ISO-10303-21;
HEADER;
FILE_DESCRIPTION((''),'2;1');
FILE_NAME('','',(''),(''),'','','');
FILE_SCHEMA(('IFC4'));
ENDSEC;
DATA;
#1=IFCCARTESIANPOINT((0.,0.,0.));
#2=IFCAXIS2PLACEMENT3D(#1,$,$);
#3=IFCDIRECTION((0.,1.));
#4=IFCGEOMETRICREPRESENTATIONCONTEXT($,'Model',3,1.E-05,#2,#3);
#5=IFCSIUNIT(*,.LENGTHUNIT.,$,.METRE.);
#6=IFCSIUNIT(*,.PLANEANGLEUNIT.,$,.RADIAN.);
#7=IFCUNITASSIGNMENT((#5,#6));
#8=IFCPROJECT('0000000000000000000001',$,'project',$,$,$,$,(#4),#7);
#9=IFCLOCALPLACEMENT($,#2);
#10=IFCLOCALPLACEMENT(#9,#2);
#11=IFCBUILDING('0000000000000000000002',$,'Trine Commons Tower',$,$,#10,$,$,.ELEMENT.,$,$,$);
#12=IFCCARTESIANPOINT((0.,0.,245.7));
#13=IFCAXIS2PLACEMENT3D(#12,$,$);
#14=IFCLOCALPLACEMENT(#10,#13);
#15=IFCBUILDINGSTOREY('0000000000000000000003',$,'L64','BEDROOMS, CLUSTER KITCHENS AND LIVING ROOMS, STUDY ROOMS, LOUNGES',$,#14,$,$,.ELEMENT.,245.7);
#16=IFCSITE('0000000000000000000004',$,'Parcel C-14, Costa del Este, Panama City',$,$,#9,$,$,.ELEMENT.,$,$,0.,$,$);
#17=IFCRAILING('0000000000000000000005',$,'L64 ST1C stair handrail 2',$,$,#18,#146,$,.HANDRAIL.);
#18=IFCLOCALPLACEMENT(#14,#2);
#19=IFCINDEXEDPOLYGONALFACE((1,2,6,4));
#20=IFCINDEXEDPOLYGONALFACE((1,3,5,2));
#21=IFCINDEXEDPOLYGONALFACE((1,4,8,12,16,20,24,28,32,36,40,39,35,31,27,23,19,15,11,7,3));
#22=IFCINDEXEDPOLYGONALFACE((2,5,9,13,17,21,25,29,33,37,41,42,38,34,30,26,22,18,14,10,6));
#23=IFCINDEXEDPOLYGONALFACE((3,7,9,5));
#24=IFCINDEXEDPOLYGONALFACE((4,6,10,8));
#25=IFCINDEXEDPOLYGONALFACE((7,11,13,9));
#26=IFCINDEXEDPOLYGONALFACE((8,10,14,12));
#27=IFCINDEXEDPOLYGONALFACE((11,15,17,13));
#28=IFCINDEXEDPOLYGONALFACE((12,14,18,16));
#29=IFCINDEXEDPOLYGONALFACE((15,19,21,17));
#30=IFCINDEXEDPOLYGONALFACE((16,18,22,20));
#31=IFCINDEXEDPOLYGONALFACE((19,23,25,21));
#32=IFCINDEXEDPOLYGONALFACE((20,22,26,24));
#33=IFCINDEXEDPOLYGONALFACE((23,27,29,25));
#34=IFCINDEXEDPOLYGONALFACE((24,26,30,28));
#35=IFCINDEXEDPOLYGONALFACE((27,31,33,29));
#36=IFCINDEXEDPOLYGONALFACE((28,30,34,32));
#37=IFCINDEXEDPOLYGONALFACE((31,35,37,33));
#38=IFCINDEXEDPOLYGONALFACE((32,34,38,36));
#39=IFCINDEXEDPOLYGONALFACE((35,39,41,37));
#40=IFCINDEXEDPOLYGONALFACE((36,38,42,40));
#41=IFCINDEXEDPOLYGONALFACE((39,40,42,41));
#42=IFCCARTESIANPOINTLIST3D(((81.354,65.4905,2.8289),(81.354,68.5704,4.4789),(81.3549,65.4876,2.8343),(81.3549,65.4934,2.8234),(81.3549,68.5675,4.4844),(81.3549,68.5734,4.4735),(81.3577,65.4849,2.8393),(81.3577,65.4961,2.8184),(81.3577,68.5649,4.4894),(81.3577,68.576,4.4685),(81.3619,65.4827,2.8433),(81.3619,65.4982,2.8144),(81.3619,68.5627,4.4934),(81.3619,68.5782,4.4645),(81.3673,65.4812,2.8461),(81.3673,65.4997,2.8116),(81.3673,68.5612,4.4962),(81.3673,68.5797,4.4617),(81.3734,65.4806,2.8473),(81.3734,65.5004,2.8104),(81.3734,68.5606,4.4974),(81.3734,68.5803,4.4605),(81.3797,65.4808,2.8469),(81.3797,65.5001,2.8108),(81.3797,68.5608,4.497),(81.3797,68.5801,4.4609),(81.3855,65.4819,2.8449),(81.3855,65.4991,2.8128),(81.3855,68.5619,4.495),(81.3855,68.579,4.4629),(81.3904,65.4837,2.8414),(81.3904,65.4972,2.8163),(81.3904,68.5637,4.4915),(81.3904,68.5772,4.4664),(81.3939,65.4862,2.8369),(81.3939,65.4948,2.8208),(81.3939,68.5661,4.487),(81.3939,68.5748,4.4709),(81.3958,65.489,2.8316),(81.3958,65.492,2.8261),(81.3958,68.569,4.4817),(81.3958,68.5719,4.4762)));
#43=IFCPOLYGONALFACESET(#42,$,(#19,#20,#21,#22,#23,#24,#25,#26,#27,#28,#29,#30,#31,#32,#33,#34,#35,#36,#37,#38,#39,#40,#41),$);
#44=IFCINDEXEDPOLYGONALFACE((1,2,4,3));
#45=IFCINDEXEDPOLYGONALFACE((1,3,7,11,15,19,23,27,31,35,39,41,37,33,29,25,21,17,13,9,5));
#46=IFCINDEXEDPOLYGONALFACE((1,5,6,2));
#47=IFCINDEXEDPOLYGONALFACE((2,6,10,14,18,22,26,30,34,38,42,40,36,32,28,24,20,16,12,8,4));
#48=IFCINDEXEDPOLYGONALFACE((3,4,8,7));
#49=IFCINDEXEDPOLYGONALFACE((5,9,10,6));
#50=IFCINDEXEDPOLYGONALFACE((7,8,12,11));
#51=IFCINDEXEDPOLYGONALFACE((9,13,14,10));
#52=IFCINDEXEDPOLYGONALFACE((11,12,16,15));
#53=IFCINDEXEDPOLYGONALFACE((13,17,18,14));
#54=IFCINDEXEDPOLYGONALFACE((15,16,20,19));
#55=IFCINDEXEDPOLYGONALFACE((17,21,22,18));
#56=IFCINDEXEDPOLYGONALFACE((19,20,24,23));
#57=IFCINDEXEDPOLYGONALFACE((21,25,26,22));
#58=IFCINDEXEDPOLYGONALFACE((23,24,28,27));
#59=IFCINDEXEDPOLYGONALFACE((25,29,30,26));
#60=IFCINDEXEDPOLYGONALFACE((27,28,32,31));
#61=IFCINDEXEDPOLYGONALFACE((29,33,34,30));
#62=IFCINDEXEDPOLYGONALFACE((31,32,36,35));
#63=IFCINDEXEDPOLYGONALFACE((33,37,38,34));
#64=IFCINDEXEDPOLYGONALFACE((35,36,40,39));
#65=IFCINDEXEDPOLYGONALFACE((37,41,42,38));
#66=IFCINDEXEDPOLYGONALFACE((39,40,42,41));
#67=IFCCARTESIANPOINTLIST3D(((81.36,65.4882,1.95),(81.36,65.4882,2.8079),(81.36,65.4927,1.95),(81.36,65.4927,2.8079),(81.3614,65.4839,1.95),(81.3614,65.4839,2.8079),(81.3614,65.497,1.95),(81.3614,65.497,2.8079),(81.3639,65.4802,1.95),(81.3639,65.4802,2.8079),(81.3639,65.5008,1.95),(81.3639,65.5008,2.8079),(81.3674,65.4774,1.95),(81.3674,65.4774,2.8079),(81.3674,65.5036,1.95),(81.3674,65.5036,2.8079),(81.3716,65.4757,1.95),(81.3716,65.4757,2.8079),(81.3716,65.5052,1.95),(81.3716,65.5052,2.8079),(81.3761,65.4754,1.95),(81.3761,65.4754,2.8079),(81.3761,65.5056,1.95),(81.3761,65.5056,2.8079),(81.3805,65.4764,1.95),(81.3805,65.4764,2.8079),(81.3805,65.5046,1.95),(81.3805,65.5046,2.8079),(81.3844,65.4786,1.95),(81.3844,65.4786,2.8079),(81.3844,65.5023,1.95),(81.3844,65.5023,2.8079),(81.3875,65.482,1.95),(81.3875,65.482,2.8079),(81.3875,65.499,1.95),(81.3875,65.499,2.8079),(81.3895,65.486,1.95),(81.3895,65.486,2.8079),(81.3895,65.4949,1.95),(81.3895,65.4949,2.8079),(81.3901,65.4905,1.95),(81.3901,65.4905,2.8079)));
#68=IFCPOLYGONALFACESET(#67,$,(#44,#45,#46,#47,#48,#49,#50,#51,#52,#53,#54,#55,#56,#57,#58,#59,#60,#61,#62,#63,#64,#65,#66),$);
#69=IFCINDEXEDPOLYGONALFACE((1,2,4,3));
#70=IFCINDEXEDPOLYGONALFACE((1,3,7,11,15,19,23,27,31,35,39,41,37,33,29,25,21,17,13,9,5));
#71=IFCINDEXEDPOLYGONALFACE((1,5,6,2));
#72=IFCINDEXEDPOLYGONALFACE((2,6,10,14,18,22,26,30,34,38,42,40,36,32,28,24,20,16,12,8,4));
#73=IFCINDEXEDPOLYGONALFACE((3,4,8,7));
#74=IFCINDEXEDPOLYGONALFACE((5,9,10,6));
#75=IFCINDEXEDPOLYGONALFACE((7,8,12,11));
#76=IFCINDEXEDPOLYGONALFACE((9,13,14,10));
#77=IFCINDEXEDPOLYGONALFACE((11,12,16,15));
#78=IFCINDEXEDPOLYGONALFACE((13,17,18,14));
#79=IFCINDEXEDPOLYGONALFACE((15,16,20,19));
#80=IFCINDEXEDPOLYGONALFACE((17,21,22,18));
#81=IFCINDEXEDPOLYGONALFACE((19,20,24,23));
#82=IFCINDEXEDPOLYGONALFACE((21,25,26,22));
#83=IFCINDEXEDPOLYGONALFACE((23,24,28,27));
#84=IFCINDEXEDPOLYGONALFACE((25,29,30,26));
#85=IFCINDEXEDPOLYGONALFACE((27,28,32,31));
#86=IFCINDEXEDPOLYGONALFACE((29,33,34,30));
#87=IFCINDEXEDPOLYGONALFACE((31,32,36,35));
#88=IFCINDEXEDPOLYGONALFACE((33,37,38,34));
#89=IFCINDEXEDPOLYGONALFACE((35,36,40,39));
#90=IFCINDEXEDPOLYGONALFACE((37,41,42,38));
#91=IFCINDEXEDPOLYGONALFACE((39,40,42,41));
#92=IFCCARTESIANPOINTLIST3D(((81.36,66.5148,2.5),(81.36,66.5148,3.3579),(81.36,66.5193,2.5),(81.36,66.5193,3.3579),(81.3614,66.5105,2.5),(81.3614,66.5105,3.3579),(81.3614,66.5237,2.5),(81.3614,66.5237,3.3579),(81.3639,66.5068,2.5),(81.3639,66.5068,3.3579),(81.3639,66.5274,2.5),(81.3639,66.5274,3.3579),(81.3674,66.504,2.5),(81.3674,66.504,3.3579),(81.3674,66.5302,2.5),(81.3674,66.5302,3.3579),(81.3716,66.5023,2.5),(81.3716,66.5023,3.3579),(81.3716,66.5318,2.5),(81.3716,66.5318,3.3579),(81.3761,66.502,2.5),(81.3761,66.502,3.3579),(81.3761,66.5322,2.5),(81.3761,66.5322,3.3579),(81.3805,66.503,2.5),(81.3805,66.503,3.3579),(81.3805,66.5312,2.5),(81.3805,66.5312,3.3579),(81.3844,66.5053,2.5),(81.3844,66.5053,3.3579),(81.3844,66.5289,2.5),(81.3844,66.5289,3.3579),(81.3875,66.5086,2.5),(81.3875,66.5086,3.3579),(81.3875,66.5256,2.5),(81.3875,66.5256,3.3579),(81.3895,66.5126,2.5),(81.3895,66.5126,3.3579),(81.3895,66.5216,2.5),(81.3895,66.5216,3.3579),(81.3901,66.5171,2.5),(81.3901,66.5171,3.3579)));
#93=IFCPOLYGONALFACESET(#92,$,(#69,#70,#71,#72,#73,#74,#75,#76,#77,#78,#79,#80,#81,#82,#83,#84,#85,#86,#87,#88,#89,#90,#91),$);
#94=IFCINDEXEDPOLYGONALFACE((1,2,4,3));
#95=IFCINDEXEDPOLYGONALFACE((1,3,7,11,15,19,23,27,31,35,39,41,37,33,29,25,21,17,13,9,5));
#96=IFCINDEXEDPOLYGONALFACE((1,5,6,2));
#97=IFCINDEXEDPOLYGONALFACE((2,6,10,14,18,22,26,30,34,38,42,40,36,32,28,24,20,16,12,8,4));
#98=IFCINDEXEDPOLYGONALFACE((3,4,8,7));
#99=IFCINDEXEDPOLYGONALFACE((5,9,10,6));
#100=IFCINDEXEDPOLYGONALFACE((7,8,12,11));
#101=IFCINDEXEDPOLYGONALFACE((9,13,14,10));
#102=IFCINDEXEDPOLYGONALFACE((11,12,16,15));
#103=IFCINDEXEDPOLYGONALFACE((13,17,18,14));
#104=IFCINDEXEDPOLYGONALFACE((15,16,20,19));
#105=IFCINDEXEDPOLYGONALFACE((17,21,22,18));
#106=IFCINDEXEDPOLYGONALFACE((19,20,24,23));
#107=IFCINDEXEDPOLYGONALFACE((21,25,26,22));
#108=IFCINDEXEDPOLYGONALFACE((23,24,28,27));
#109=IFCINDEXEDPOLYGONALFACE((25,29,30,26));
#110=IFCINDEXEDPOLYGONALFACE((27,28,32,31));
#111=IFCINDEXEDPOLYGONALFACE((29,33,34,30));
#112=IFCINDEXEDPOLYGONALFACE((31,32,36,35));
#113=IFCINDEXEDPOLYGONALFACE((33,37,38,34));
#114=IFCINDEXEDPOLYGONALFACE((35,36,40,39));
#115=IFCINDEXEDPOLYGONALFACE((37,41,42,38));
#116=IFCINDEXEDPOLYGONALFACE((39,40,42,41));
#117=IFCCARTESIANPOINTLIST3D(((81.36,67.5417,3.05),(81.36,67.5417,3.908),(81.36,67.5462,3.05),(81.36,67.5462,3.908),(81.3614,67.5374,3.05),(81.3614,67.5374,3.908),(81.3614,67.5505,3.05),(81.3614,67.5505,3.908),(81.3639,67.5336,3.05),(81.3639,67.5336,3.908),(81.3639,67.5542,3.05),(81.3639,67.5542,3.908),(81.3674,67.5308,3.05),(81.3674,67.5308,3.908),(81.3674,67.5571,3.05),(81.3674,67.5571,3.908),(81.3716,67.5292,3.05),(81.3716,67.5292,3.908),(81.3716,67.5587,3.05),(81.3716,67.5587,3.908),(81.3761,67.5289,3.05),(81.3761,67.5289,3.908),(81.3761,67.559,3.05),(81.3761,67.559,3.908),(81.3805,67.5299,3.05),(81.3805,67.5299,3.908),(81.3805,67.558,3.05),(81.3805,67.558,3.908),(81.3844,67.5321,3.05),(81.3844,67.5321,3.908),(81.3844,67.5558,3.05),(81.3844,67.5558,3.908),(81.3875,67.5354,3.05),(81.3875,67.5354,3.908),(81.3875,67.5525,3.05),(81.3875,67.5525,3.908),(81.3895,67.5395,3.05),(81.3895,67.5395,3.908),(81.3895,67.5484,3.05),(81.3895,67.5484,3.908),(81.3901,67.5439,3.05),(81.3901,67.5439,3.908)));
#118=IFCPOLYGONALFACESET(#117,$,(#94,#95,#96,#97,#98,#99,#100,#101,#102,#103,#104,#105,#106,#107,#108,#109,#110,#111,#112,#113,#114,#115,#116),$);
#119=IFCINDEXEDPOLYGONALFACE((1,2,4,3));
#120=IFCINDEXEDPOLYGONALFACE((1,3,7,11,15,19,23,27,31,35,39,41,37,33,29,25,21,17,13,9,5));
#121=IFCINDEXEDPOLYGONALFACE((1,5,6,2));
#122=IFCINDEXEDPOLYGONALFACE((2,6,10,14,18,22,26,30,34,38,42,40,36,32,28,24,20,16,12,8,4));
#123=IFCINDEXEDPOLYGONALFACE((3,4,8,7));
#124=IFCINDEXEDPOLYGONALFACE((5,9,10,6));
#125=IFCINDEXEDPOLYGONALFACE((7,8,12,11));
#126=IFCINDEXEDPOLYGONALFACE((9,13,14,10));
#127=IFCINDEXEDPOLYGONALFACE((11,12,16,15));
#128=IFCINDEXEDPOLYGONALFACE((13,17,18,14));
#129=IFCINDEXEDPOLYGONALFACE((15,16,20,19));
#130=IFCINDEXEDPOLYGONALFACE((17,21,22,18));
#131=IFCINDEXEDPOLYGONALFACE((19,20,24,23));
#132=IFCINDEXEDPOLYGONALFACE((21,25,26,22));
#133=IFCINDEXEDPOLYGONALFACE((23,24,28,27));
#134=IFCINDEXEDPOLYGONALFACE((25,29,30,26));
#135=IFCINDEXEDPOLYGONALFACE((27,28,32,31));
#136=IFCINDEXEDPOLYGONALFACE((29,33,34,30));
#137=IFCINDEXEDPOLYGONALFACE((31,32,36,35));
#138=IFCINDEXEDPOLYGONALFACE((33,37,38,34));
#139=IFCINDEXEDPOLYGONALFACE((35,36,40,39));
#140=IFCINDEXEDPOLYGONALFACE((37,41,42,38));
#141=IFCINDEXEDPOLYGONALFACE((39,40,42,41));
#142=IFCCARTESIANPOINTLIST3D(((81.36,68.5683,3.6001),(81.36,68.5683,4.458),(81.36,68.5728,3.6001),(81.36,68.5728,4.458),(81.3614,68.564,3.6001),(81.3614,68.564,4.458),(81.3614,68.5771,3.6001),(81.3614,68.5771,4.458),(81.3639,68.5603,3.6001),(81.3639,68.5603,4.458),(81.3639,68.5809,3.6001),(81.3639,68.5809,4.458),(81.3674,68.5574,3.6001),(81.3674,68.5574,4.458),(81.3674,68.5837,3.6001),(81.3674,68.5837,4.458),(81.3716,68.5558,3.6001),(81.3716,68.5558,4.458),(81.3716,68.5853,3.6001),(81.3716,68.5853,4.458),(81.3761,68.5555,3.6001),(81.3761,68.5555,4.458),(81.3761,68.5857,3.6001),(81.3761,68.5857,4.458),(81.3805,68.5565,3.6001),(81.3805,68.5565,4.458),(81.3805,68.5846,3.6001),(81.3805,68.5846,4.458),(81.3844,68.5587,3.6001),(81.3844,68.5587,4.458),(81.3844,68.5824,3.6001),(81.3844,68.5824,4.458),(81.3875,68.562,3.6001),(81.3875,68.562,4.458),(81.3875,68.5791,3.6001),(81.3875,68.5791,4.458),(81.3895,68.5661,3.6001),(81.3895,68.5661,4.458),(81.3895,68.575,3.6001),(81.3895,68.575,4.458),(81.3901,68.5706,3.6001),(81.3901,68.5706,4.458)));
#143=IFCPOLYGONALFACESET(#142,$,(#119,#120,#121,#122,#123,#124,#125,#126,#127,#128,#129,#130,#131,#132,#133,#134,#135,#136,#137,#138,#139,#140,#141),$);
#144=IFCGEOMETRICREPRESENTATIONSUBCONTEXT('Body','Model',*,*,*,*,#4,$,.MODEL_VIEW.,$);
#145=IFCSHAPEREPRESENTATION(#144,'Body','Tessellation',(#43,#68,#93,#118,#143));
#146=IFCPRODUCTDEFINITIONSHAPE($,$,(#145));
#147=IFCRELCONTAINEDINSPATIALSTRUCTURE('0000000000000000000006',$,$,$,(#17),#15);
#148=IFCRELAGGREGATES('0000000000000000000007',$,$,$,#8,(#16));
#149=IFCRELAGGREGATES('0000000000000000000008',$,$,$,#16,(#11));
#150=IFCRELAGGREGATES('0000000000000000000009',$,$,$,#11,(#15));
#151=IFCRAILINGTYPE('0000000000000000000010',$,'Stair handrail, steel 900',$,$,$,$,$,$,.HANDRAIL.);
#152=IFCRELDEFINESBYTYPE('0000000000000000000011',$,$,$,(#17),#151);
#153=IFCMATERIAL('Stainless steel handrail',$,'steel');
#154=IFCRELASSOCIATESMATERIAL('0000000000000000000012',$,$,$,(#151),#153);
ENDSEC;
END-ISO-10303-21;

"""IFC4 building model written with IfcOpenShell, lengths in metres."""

from ifc_helpers import new_model, si_unit, direction, frame, origin, origin_2d, place, context, subcontext, project, spatial, circle, extrude, material, type_object, element, save


model = new_model("IFC4")

# Units and contexts
model_context = context("Model", 3, precision=1e-05, world=origin(), true_north=direction((0.0, 1.0)))
body_context = subcontext(model_context, "Body", "Model", "MODEL_VIEW")
ifc_project = project(units=[si_unit("LENGTHUNIT", "METRE"), si_unit("PLANEANGLEUNIT", "RADIAN")], contexts=[model_context])

# Site, building, storey
site_placement = place(None, origin())
site = spatial("IfcSite", under=ifc_project, at=site_placement, Name="Parcel C-14, Costa del Este, Panama City", CompositionType="ELEMENT", RefElevation=0.0)
building_placement = place(site_placement, origin())
building = spatial("IfcBuilding", under=site, at=building_placement, Name="Trine Commons Tower", CompositionType="ELEMENT")
storey_placement = place(building_placement, frame((0.0, 0.0, 245.7)))
storey = spatial("IfcBuildingStorey", under=building, at=storey_placement, Name="L64", Description="BEDROOMS, CLUSTER KITCHENS AND LIVING ROOMS, STUDY ROOMS, LOUNGES", CompositionType="ELEMENT", Elevation=245.7)

# Railing
ifc_material_1 = material(Name="Stainless steel handrail", Category="steel")
railing_type_1 = type_object("IfcRailingType", Name="Stair handrail, steel 900", PredefinedType="HANDRAIL", material=ifc_material_1)
railing_1_placement = place(storey_placement, frame((81.375, 65.4905, 1.95)))
element("IfcRailing", 1, at=railing_1_placement, inside=storey, type_object=railing_type_1, Name="L64 ST1C stair handrail 2", PredefinedType="HANDRAIL", context=body_context, shape_type="SweptSolid", body=[
    extrude(circle(Radius=0.021, at=origin_2d()), frame((0.0, 0.0, 0.8789), z_axis=(0.0, 0.881468, 0.472245), x_axis=(-1.0, 0.0, 0.0)), (0.0, 0.0, 1.0), 3.4941),
    extrude(circle(Radius=0.0151, at=origin_2d()), origin(), (0.0, 0.0, 1.0), 0.8579),
    extrude(circle(Radius=0.0151, at=origin_2d()), frame((0.0, 1.0266, 0.55)), (0.0, 0.0, 1.0), 0.8579),
    extrude(circle(Radius=0.0151, at=origin_2d()), frame((0.0, 2.0535, 1.1001)), (0.0, 0.0, 1.0), 0.8579),
    extrude(circle(Radius=0.0151, at=origin_2d()), frame((0.0, 3.0801, 1.6501)), (0.0, 0.0, 1.0), 0.8579),
])

save(model, "model.ifc")
